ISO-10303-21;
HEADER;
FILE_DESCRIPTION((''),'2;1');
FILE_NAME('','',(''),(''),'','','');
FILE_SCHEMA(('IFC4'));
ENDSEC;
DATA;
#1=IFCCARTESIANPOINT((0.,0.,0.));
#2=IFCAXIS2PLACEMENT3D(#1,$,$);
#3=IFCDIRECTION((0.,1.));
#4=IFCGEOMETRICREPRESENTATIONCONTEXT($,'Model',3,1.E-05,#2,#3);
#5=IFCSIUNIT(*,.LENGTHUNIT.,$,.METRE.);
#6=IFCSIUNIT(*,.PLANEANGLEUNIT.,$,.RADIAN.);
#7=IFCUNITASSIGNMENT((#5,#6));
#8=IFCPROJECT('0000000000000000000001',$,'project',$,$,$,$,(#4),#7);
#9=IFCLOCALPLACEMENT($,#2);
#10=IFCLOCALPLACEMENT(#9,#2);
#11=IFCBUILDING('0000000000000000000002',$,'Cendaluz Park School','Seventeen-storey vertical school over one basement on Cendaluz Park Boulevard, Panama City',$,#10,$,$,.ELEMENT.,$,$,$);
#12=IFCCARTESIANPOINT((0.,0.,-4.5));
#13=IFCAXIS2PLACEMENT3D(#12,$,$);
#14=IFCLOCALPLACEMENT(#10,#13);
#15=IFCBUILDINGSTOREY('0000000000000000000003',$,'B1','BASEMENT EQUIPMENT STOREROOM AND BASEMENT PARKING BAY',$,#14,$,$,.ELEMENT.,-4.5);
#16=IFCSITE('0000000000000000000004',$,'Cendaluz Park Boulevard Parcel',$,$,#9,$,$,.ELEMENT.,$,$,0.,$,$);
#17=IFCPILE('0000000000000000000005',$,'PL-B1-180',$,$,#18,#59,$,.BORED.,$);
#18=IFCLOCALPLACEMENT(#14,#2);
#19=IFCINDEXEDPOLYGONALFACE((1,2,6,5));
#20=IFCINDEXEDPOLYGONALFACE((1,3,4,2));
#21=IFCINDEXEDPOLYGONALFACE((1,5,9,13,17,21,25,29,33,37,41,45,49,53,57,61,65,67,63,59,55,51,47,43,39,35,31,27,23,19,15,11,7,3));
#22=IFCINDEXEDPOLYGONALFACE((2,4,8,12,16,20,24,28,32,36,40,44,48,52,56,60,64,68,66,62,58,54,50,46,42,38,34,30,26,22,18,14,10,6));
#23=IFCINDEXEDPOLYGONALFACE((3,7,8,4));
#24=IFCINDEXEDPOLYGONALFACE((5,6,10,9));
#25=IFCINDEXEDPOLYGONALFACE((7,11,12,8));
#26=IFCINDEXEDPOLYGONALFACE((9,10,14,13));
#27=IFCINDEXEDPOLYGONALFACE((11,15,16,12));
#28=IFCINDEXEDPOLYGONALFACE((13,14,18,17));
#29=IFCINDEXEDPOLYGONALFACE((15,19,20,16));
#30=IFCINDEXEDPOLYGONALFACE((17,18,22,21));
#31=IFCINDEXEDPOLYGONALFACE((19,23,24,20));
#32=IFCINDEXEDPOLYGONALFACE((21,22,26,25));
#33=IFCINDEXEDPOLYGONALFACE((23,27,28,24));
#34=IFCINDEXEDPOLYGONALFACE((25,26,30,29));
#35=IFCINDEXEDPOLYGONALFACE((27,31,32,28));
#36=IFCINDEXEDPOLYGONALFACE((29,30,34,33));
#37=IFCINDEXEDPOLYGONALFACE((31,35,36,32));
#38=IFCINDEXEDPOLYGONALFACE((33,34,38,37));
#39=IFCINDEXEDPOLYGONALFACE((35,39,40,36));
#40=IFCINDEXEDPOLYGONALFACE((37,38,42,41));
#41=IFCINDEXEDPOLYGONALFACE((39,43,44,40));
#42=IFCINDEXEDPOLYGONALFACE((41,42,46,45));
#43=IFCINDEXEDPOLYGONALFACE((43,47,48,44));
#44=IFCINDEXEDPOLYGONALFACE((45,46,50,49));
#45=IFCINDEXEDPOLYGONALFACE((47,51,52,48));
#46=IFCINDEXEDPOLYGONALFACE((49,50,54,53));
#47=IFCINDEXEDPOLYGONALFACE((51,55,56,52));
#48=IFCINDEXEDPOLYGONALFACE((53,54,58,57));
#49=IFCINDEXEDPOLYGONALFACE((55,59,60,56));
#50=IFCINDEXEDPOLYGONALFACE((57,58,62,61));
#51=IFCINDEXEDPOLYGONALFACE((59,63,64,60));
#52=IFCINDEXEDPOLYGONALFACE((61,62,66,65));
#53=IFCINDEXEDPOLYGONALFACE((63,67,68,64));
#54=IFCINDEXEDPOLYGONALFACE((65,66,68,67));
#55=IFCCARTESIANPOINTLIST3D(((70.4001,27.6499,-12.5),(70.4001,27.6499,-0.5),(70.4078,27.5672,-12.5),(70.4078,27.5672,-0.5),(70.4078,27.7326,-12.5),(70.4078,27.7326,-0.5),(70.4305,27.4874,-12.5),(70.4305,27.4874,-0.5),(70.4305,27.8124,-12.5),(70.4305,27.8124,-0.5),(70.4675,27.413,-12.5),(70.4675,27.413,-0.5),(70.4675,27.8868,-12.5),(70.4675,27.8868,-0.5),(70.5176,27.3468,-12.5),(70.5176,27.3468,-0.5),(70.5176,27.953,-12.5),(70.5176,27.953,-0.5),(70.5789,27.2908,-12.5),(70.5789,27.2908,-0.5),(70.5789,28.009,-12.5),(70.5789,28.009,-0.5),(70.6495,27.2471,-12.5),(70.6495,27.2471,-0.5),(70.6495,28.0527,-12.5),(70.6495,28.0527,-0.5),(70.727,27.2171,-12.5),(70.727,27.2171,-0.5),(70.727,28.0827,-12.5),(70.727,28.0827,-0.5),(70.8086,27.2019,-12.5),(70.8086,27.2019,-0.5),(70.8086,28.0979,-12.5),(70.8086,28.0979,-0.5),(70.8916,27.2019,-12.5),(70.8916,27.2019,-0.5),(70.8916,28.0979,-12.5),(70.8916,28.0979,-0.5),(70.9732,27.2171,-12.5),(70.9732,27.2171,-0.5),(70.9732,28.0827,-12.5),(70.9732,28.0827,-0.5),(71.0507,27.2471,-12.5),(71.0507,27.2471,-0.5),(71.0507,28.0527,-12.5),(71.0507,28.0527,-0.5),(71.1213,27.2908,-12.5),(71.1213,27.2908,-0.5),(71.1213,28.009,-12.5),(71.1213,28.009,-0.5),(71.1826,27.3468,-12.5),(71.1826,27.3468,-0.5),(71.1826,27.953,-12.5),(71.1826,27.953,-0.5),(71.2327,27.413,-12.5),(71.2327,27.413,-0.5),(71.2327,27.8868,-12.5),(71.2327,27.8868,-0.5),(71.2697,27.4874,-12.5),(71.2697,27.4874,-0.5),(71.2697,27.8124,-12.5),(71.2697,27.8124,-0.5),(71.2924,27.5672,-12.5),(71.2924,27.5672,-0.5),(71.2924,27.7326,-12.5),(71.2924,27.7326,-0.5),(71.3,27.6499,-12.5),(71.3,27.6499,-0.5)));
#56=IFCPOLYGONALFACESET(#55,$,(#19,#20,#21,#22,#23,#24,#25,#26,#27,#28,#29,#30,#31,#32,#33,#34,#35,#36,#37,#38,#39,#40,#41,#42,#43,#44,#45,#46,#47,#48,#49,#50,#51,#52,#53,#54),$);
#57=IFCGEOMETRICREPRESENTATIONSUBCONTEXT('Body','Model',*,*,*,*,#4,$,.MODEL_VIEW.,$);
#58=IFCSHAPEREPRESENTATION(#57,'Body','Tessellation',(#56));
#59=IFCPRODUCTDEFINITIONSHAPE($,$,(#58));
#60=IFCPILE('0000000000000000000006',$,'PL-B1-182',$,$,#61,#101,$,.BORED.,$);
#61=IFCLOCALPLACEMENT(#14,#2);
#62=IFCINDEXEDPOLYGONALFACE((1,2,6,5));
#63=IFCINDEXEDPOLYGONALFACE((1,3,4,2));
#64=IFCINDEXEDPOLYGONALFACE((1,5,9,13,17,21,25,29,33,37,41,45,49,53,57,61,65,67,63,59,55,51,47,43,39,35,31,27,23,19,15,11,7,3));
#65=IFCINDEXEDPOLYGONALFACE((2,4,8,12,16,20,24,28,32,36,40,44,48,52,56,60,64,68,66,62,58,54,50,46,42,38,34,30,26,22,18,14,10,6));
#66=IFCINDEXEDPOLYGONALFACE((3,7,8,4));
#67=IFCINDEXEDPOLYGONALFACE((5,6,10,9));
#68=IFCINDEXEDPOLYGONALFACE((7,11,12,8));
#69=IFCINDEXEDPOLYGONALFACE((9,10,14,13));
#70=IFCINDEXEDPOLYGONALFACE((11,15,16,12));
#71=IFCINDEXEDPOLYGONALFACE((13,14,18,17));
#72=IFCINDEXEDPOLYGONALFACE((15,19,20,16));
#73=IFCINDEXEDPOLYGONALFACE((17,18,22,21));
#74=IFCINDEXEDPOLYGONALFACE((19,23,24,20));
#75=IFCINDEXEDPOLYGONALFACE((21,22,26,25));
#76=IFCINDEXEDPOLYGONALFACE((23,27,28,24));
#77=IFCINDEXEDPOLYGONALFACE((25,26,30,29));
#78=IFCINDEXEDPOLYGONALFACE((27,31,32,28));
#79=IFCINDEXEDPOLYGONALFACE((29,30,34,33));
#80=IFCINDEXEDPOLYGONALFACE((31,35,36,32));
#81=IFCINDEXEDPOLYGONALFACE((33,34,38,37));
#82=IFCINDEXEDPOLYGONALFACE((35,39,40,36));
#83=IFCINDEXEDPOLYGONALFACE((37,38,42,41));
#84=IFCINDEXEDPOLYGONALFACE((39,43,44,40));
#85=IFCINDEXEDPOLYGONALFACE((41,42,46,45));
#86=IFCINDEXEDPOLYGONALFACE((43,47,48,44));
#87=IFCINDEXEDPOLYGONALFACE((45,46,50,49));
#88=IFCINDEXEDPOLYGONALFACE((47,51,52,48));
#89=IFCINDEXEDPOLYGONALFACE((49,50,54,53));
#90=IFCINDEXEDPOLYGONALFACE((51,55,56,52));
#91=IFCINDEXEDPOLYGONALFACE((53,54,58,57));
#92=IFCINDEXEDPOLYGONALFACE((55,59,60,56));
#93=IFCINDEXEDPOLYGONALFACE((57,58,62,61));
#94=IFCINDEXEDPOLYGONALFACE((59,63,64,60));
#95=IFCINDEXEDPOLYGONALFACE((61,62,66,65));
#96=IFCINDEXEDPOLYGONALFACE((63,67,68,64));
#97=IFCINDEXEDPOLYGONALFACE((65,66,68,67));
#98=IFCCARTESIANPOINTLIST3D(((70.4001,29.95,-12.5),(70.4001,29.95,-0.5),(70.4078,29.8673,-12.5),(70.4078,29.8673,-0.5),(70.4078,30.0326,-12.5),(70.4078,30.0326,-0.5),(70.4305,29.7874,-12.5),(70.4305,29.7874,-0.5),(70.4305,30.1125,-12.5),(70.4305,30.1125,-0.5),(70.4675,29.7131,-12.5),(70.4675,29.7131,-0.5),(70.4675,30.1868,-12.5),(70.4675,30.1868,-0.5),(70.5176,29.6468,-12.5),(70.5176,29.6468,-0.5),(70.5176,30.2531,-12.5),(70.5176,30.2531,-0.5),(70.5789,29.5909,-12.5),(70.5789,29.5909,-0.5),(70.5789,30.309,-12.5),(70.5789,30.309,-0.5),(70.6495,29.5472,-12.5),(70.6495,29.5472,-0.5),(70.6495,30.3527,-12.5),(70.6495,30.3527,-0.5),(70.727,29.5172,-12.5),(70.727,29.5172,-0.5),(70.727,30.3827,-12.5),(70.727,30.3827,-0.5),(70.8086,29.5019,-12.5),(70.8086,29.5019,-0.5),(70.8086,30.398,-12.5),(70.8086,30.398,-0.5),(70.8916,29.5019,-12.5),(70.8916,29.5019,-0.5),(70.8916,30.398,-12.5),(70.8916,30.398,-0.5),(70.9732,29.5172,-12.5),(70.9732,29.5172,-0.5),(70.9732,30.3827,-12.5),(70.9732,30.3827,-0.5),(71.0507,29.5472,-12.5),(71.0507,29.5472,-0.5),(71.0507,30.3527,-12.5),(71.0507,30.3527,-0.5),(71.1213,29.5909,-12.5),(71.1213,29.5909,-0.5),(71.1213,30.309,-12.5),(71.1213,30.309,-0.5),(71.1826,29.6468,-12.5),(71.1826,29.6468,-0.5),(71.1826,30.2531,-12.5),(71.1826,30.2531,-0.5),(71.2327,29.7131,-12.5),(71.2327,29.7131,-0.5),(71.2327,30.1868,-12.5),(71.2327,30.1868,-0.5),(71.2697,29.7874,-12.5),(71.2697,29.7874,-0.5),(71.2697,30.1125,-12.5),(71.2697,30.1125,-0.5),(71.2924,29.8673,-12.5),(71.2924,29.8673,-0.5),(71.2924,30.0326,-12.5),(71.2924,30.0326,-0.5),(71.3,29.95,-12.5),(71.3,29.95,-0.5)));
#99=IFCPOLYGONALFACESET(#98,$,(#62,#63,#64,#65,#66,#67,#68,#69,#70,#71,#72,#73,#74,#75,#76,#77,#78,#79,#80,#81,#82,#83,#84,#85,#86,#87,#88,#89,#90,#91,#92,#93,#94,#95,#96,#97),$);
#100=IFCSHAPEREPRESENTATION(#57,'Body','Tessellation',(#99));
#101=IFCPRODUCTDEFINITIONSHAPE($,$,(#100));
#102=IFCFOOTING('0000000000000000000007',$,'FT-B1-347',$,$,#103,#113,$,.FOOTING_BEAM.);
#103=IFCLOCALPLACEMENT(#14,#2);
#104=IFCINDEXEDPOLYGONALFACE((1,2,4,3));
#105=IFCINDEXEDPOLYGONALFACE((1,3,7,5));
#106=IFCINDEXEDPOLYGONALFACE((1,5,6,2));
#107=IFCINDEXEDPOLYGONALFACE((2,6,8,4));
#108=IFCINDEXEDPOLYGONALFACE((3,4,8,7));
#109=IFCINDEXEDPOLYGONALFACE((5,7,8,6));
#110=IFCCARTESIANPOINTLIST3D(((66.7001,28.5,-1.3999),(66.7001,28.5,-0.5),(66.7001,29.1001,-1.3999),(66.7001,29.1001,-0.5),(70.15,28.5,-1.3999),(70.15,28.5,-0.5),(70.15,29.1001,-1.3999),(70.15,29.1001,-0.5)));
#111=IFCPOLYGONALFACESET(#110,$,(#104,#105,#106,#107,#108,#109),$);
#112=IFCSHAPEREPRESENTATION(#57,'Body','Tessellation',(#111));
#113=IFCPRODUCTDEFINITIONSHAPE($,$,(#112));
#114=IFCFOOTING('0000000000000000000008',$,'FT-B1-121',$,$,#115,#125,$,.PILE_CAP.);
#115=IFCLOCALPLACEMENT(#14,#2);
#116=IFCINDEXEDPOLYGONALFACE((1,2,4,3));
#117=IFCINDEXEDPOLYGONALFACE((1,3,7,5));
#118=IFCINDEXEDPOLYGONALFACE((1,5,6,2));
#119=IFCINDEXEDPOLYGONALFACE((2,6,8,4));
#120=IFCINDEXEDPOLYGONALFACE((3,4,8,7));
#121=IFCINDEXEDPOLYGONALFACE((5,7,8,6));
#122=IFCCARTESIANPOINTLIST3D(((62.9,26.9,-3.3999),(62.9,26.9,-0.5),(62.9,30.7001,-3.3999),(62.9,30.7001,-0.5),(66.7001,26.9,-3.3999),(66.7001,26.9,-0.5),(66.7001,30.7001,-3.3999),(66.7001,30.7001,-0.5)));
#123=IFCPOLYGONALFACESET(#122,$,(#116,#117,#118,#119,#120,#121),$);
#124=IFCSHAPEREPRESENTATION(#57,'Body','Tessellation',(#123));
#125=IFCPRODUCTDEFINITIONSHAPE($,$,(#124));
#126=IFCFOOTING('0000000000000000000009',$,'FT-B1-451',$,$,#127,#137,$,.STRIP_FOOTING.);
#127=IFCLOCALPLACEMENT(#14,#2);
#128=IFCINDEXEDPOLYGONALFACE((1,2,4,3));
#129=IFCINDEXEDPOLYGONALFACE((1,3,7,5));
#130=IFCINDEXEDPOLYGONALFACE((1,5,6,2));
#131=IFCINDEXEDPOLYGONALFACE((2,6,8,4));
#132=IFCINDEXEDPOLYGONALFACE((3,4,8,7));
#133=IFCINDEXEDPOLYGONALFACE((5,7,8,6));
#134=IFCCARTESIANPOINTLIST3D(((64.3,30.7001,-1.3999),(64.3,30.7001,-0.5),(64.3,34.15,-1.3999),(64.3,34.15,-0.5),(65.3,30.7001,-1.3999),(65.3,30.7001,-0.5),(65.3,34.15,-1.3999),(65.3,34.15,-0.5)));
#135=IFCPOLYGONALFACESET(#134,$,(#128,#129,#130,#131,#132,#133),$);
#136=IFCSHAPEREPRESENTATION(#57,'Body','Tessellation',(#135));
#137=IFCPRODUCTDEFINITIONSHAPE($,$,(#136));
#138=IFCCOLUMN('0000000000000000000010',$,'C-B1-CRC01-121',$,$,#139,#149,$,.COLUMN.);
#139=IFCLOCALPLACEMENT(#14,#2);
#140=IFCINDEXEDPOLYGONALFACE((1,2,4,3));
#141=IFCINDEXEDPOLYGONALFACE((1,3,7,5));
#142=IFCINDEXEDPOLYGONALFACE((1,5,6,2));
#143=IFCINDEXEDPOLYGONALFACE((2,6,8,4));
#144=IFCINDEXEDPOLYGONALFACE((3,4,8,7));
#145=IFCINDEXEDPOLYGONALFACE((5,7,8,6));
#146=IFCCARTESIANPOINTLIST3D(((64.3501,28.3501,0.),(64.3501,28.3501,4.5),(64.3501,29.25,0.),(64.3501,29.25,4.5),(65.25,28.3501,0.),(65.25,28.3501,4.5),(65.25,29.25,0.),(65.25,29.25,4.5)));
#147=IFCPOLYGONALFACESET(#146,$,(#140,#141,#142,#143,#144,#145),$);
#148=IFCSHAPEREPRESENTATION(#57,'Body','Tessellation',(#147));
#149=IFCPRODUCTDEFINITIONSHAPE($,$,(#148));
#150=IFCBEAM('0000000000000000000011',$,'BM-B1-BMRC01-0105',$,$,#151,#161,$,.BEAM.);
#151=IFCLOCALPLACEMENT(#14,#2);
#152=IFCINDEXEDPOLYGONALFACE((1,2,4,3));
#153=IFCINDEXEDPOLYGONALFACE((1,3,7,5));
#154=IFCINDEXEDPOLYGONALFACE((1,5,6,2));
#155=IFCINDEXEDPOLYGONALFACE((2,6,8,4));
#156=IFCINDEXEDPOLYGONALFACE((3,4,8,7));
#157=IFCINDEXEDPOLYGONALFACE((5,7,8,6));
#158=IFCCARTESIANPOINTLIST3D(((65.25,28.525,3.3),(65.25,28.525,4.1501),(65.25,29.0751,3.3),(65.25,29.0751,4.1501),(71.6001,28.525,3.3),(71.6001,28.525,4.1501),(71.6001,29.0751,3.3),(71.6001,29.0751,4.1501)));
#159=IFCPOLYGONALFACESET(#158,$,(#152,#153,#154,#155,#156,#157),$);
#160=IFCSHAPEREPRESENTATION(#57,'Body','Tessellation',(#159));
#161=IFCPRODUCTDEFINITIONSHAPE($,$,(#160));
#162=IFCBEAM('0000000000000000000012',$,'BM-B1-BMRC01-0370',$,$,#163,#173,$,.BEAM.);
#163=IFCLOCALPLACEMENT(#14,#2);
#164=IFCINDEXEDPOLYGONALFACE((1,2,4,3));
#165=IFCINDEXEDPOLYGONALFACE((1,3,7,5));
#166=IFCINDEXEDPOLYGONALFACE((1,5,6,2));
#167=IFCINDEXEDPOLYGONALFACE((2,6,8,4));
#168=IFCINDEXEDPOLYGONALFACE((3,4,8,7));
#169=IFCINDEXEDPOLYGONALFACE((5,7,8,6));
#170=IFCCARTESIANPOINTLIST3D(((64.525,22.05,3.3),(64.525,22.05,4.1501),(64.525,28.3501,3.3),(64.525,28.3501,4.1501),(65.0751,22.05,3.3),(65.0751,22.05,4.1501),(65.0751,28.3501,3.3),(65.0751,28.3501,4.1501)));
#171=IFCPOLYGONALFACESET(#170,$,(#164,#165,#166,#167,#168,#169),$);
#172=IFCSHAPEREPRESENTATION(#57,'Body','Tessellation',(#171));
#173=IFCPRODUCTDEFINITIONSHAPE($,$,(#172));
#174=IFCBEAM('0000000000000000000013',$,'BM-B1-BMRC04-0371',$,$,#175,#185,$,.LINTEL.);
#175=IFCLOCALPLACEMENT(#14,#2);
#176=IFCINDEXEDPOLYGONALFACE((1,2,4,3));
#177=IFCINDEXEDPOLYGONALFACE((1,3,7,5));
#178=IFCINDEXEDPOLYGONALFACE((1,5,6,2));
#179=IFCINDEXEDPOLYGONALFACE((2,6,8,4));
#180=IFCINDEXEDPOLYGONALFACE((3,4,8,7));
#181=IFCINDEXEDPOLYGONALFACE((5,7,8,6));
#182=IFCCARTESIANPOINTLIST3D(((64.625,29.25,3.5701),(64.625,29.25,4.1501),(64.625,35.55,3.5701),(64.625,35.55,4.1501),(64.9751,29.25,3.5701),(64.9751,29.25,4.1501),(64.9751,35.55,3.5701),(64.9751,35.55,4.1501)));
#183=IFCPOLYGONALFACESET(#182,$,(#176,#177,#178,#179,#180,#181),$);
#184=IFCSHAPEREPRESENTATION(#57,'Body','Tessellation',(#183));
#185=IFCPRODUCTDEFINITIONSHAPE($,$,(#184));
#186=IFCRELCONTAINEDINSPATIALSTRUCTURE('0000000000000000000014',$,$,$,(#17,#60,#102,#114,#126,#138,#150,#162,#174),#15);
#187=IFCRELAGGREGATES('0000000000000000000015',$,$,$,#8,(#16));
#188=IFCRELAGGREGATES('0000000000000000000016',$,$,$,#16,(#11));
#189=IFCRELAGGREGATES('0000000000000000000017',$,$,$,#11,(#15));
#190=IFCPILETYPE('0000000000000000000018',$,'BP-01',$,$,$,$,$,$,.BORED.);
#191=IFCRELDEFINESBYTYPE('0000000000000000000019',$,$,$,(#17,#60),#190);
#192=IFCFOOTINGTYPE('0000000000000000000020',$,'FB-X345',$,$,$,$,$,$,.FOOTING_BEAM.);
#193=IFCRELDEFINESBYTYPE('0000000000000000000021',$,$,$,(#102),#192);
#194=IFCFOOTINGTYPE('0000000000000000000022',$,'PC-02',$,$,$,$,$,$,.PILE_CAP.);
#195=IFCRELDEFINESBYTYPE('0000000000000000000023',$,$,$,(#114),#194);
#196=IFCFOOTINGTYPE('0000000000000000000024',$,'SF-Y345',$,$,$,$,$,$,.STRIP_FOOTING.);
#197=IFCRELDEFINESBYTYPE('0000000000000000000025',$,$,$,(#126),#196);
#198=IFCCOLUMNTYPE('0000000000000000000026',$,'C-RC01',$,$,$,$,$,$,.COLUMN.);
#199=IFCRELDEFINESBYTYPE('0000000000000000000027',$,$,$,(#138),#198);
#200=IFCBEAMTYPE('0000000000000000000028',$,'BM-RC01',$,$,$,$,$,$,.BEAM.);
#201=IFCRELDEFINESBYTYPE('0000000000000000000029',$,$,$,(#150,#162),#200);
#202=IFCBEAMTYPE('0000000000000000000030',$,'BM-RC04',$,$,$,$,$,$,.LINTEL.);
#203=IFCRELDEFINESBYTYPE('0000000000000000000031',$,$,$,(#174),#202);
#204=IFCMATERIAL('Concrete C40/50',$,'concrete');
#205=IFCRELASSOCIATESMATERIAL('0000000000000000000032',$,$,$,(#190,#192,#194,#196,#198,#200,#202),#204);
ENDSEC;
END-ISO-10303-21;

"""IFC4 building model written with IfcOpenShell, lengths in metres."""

from ifc_helpers import new_model, si_unit, direction, frame, origin, origin_2d, place, context, subcontext, project, spatial, rectangle, circle, extrude, material, material_profile, profile_set, type_object, element, save


model = new_model("IFC4")

# Units and contexts
model_context = context("Model", 3, precision=1e-05, world=origin(), true_north=direction((0.0, 1.0)))
body_context = subcontext(model_context, "Body", "Model", "MODEL_VIEW")
ifc_project = project(units=[si_unit("LENGTHUNIT", "METRE"), si_unit("PLANEANGLEUNIT", "RADIAN")], contexts=[model_context])

# Site, building, storey
site_placement = place(None, origin())
site = spatial("IfcSite", under=ifc_project, at=site_placement, Name="Cendaluz Park Boulevard Parcel", CompositionType="ELEMENT", RefElevation=0.0)
building_placement = place(site_placement, origin())
building = spatial("IfcBuilding", under=site, at=building_placement, Name="Cendaluz Park School", Description="Seventeen-storey vertical school over one basement on Cendaluz Park Boulevard, Panama City", CompositionType="ELEMENT")
storey_placement = place(building_placement, frame((0.0, 0.0, -4.5)))
storey = spatial("IfcBuildingStorey", under=building, at=storey_placement, Name="B1", Description="BASEMENT EQUIPMENT STOREROOM AND BASEMENT PARKING BAY", CompositionType="ELEMENT", Elevation=-4.5)

# Piles
ifc_material_1 = material(Name="Concrete C40/50", Category="concrete")
ifc_material_profile_1 = material_profile(ifc_material_1, circle(Radius=0.45, at=origin_2d()), Name="BP D900", Category="concrete")
ifc_profile_set_1 = profile_set([ifc_material_profile_1], Name="Concrete C40/50")
pile_type = type_object("IfcPileType", Name="BP-01", PredefinedType="BORED", material=ifc_profile_set_1)
for number, where, z_axis, x_axis, name in (
    (1, (70.8501, 27.6499, -0.5), (0.0, 0.0, -1.0), (1.0, 0.0, 0.0), "PL-B1-180"),
    (2, (70.8501, 29.95, -0.5), (0.0, 0.0, -1.0), (1.0, 0.0, 0.0), "PL-B1-182"),
):
    element("IfcPile", number, at=place(storey_placement, frame(where, z_axis=z_axis, x_axis=x_axis)), inside=storey, type_object=pile_type, Name=name, PredefinedType="BORED", context=body_context, shape_type="SweptSolid", body=[
        extrude(circle(Radius=0.45, at=origin_2d()), origin(), (0.0, 0.0, 1.0), 12.0),
    ])

# Footings
footing_type_1 = type_object("IfcFootingType", Name="FB-X345", PredefinedType="FOOTING_BEAM", material=ifc_material_1)
footing_1_placement = place(storey_placement, frame((68.425, 28.8, -1.3999), z_axis=(0.0, 0.0, 1.0), x_axis=(1.0, 0.0, 0.0)))
element("IfcFooting", 3, at=footing_1_placement, inside=storey, type_object=footing_type_1, Name="FT-B1-347", PredefinedType="FOOTING_BEAM", context=body_context, shape_type="SweptSolid", body=[
    extrude(rectangle(XDim=3.45, YDim=0.6001, at=origin_2d()), origin(), (0.0, 0.0, 1.0), 0.8999),
])
footing_type_2 = type_object("IfcFootingType", Name="PC-02", PredefinedType="PILE_CAP", material=ifc_material_1)
footing_2_placement = place(storey_placement, frame((64.8, 28.8, -3.3999), z_axis=(0.0, 0.0, 1.0), x_axis=(1.0, 0.0, 0.0)))
element("IfcFooting", 4, at=footing_2_placement, inside=storey, type_object=footing_type_2, Name="FT-B1-121", PredefinedType="PILE_CAP", context=body_context, shape_type="SweptSolid", body=[
    extrude(rectangle(XDim=3.8, YDim=3.8, at=origin_2d()), origin(), (0.0, 0.0, 1.0), 2.8999),
])
footing_type_3 = type_object("IfcFootingType", Name="SF-Y345", PredefinedType="STRIP_FOOTING", material=ifc_material_1)
footing_3_placement = place(storey_placement, frame((64.8, 32.425, -1.3999), z_axis=(0.0, 0.0, 1.0), x_axis=(1.0, 0.0, 0.0)))
element("IfcFooting", 5, at=footing_3_placement, inside=storey, type_object=footing_type_3, Name="FT-B1-451", PredefinedType="STRIP_FOOTING", context=body_context, shape_type="SweptSolid", body=[
    extrude(rectangle(XDim=1.0, YDim=3.45, at=origin_2d()), origin(), (0.0, 0.0, 1.0), 0.8999),
])

# Column
ifc_material_profile_2 = material_profile(ifc_material_1, rectangle(XDim=0.8999, YDim=0.8999, at=origin_2d()), Name="RC 900x900", Category="concrete")
ifc_profile_set_2 = profile_set([ifc_material_profile_2], Name="Concrete C40/50")
column_type = type_object("IfcColumnType", Name="C-RC01", PredefinedType="COLUMN", material=ifc_profile_set_2)
column_placement = place(storey_placement, frame((64.8, 28.8, 0.0), z_axis=(0.0, 0.0, 1.0), x_axis=(1.0, 0.0, 0.0)))
element("IfcColumn", 6, at=column_placement, inside=storey, type_object=column_type, Name="C-B1-CRC01-121", PredefinedType="COLUMN", context=body_context, shape_type="SweptSolid", body=[
    extrude(rectangle(XDim=0.8999, YDim=0.8999, at=origin_2d()), origin(), (0.0, 0.0, 1.0), 4.5),
])

# Beams
ifc_material_profile_3 = material_profile(ifc_material_1, rectangle(XDim=0.55, YDim=0.8501, at=origin_2d()), Name="RC 550x850", Category="concrete")
ifc_profile_set_3 = profile_set([ifc_material_profile_3], Name="Concrete C40/50")
beam_type_1 = type_object("IfcBeamType", Name="BM-RC01", PredefinedType="BEAM", material=ifc_profile_set_3)
beam_1_placement = place(storey_placement, frame((65.25, 28.8, 3.7251), z_axis=(1.0, 0.0, 0.0), x_axis=(0.0, 1.0, 0.0)))
element("IfcBeam", 7, at=beam_1_placement, inside=storey, type_object=beam_type_1, Name="BM-B1-BMRC01-0105", PredefinedType="BEAM", context=body_context, shape_type="SweptSolid", body=[
    extrude(rectangle(XDim=0.55, YDim=0.8501, at=origin_2d()), origin(), (0.0, 0.0, 1.0), 6.3501),
])
beam_2_placement = place(storey_placement, frame((64.8, 22.05, 3.7251), z_axis=(0.0, 1.0, 0.0), x_axis=(-1.0, 0.0, 0.0)))
element("IfcBeam", 8, at=beam_2_placement, inside=storey, type_object=beam_type_1, Name="BM-B1-BMRC01-0370", PredefinedType="BEAM", context=body_context, shape_type="SweptSolid", body=[
    extrude(rectangle(XDim=0.55, YDim=0.8501, at=origin_2d()), origin(), (0.0, 0.0, 1.0), 6.3),
])
ifc_material_profile_4 = material_profile(ifc_material_1, rectangle(XDim=0.3501, YDim=0.5801, at=origin_2d()), Name="RC 350x580", Category="concrete")
ifc_profile_set_4 = profile_set([ifc_material_profile_4], Name="Concrete C40/50")
beam_type_2 = type_object("IfcBeamType", Name="BM-RC04", PredefinedType="LINTEL", material=ifc_profile_set_4)
beam_3_placement = place(storey_placement, frame((64.8, 29.25, 3.8601), z_axis=(0.0, 1.0, 0.0), x_axis=(-1.0, 0.0, 0.0)))
element("IfcBeam", 9, at=beam_3_placement, inside=storey, type_object=beam_type_2, Name="BM-B1-BMRC04-0371", PredefinedType="LINTEL", context=body_context, shape_type="SweptSolid", body=[
    extrude(rectangle(XDim=0.3501, YDim=0.5801, at=origin_2d()), origin(), (0.0, 0.0, 1.0), 6.3),
])

save(model, "model.ifc")
